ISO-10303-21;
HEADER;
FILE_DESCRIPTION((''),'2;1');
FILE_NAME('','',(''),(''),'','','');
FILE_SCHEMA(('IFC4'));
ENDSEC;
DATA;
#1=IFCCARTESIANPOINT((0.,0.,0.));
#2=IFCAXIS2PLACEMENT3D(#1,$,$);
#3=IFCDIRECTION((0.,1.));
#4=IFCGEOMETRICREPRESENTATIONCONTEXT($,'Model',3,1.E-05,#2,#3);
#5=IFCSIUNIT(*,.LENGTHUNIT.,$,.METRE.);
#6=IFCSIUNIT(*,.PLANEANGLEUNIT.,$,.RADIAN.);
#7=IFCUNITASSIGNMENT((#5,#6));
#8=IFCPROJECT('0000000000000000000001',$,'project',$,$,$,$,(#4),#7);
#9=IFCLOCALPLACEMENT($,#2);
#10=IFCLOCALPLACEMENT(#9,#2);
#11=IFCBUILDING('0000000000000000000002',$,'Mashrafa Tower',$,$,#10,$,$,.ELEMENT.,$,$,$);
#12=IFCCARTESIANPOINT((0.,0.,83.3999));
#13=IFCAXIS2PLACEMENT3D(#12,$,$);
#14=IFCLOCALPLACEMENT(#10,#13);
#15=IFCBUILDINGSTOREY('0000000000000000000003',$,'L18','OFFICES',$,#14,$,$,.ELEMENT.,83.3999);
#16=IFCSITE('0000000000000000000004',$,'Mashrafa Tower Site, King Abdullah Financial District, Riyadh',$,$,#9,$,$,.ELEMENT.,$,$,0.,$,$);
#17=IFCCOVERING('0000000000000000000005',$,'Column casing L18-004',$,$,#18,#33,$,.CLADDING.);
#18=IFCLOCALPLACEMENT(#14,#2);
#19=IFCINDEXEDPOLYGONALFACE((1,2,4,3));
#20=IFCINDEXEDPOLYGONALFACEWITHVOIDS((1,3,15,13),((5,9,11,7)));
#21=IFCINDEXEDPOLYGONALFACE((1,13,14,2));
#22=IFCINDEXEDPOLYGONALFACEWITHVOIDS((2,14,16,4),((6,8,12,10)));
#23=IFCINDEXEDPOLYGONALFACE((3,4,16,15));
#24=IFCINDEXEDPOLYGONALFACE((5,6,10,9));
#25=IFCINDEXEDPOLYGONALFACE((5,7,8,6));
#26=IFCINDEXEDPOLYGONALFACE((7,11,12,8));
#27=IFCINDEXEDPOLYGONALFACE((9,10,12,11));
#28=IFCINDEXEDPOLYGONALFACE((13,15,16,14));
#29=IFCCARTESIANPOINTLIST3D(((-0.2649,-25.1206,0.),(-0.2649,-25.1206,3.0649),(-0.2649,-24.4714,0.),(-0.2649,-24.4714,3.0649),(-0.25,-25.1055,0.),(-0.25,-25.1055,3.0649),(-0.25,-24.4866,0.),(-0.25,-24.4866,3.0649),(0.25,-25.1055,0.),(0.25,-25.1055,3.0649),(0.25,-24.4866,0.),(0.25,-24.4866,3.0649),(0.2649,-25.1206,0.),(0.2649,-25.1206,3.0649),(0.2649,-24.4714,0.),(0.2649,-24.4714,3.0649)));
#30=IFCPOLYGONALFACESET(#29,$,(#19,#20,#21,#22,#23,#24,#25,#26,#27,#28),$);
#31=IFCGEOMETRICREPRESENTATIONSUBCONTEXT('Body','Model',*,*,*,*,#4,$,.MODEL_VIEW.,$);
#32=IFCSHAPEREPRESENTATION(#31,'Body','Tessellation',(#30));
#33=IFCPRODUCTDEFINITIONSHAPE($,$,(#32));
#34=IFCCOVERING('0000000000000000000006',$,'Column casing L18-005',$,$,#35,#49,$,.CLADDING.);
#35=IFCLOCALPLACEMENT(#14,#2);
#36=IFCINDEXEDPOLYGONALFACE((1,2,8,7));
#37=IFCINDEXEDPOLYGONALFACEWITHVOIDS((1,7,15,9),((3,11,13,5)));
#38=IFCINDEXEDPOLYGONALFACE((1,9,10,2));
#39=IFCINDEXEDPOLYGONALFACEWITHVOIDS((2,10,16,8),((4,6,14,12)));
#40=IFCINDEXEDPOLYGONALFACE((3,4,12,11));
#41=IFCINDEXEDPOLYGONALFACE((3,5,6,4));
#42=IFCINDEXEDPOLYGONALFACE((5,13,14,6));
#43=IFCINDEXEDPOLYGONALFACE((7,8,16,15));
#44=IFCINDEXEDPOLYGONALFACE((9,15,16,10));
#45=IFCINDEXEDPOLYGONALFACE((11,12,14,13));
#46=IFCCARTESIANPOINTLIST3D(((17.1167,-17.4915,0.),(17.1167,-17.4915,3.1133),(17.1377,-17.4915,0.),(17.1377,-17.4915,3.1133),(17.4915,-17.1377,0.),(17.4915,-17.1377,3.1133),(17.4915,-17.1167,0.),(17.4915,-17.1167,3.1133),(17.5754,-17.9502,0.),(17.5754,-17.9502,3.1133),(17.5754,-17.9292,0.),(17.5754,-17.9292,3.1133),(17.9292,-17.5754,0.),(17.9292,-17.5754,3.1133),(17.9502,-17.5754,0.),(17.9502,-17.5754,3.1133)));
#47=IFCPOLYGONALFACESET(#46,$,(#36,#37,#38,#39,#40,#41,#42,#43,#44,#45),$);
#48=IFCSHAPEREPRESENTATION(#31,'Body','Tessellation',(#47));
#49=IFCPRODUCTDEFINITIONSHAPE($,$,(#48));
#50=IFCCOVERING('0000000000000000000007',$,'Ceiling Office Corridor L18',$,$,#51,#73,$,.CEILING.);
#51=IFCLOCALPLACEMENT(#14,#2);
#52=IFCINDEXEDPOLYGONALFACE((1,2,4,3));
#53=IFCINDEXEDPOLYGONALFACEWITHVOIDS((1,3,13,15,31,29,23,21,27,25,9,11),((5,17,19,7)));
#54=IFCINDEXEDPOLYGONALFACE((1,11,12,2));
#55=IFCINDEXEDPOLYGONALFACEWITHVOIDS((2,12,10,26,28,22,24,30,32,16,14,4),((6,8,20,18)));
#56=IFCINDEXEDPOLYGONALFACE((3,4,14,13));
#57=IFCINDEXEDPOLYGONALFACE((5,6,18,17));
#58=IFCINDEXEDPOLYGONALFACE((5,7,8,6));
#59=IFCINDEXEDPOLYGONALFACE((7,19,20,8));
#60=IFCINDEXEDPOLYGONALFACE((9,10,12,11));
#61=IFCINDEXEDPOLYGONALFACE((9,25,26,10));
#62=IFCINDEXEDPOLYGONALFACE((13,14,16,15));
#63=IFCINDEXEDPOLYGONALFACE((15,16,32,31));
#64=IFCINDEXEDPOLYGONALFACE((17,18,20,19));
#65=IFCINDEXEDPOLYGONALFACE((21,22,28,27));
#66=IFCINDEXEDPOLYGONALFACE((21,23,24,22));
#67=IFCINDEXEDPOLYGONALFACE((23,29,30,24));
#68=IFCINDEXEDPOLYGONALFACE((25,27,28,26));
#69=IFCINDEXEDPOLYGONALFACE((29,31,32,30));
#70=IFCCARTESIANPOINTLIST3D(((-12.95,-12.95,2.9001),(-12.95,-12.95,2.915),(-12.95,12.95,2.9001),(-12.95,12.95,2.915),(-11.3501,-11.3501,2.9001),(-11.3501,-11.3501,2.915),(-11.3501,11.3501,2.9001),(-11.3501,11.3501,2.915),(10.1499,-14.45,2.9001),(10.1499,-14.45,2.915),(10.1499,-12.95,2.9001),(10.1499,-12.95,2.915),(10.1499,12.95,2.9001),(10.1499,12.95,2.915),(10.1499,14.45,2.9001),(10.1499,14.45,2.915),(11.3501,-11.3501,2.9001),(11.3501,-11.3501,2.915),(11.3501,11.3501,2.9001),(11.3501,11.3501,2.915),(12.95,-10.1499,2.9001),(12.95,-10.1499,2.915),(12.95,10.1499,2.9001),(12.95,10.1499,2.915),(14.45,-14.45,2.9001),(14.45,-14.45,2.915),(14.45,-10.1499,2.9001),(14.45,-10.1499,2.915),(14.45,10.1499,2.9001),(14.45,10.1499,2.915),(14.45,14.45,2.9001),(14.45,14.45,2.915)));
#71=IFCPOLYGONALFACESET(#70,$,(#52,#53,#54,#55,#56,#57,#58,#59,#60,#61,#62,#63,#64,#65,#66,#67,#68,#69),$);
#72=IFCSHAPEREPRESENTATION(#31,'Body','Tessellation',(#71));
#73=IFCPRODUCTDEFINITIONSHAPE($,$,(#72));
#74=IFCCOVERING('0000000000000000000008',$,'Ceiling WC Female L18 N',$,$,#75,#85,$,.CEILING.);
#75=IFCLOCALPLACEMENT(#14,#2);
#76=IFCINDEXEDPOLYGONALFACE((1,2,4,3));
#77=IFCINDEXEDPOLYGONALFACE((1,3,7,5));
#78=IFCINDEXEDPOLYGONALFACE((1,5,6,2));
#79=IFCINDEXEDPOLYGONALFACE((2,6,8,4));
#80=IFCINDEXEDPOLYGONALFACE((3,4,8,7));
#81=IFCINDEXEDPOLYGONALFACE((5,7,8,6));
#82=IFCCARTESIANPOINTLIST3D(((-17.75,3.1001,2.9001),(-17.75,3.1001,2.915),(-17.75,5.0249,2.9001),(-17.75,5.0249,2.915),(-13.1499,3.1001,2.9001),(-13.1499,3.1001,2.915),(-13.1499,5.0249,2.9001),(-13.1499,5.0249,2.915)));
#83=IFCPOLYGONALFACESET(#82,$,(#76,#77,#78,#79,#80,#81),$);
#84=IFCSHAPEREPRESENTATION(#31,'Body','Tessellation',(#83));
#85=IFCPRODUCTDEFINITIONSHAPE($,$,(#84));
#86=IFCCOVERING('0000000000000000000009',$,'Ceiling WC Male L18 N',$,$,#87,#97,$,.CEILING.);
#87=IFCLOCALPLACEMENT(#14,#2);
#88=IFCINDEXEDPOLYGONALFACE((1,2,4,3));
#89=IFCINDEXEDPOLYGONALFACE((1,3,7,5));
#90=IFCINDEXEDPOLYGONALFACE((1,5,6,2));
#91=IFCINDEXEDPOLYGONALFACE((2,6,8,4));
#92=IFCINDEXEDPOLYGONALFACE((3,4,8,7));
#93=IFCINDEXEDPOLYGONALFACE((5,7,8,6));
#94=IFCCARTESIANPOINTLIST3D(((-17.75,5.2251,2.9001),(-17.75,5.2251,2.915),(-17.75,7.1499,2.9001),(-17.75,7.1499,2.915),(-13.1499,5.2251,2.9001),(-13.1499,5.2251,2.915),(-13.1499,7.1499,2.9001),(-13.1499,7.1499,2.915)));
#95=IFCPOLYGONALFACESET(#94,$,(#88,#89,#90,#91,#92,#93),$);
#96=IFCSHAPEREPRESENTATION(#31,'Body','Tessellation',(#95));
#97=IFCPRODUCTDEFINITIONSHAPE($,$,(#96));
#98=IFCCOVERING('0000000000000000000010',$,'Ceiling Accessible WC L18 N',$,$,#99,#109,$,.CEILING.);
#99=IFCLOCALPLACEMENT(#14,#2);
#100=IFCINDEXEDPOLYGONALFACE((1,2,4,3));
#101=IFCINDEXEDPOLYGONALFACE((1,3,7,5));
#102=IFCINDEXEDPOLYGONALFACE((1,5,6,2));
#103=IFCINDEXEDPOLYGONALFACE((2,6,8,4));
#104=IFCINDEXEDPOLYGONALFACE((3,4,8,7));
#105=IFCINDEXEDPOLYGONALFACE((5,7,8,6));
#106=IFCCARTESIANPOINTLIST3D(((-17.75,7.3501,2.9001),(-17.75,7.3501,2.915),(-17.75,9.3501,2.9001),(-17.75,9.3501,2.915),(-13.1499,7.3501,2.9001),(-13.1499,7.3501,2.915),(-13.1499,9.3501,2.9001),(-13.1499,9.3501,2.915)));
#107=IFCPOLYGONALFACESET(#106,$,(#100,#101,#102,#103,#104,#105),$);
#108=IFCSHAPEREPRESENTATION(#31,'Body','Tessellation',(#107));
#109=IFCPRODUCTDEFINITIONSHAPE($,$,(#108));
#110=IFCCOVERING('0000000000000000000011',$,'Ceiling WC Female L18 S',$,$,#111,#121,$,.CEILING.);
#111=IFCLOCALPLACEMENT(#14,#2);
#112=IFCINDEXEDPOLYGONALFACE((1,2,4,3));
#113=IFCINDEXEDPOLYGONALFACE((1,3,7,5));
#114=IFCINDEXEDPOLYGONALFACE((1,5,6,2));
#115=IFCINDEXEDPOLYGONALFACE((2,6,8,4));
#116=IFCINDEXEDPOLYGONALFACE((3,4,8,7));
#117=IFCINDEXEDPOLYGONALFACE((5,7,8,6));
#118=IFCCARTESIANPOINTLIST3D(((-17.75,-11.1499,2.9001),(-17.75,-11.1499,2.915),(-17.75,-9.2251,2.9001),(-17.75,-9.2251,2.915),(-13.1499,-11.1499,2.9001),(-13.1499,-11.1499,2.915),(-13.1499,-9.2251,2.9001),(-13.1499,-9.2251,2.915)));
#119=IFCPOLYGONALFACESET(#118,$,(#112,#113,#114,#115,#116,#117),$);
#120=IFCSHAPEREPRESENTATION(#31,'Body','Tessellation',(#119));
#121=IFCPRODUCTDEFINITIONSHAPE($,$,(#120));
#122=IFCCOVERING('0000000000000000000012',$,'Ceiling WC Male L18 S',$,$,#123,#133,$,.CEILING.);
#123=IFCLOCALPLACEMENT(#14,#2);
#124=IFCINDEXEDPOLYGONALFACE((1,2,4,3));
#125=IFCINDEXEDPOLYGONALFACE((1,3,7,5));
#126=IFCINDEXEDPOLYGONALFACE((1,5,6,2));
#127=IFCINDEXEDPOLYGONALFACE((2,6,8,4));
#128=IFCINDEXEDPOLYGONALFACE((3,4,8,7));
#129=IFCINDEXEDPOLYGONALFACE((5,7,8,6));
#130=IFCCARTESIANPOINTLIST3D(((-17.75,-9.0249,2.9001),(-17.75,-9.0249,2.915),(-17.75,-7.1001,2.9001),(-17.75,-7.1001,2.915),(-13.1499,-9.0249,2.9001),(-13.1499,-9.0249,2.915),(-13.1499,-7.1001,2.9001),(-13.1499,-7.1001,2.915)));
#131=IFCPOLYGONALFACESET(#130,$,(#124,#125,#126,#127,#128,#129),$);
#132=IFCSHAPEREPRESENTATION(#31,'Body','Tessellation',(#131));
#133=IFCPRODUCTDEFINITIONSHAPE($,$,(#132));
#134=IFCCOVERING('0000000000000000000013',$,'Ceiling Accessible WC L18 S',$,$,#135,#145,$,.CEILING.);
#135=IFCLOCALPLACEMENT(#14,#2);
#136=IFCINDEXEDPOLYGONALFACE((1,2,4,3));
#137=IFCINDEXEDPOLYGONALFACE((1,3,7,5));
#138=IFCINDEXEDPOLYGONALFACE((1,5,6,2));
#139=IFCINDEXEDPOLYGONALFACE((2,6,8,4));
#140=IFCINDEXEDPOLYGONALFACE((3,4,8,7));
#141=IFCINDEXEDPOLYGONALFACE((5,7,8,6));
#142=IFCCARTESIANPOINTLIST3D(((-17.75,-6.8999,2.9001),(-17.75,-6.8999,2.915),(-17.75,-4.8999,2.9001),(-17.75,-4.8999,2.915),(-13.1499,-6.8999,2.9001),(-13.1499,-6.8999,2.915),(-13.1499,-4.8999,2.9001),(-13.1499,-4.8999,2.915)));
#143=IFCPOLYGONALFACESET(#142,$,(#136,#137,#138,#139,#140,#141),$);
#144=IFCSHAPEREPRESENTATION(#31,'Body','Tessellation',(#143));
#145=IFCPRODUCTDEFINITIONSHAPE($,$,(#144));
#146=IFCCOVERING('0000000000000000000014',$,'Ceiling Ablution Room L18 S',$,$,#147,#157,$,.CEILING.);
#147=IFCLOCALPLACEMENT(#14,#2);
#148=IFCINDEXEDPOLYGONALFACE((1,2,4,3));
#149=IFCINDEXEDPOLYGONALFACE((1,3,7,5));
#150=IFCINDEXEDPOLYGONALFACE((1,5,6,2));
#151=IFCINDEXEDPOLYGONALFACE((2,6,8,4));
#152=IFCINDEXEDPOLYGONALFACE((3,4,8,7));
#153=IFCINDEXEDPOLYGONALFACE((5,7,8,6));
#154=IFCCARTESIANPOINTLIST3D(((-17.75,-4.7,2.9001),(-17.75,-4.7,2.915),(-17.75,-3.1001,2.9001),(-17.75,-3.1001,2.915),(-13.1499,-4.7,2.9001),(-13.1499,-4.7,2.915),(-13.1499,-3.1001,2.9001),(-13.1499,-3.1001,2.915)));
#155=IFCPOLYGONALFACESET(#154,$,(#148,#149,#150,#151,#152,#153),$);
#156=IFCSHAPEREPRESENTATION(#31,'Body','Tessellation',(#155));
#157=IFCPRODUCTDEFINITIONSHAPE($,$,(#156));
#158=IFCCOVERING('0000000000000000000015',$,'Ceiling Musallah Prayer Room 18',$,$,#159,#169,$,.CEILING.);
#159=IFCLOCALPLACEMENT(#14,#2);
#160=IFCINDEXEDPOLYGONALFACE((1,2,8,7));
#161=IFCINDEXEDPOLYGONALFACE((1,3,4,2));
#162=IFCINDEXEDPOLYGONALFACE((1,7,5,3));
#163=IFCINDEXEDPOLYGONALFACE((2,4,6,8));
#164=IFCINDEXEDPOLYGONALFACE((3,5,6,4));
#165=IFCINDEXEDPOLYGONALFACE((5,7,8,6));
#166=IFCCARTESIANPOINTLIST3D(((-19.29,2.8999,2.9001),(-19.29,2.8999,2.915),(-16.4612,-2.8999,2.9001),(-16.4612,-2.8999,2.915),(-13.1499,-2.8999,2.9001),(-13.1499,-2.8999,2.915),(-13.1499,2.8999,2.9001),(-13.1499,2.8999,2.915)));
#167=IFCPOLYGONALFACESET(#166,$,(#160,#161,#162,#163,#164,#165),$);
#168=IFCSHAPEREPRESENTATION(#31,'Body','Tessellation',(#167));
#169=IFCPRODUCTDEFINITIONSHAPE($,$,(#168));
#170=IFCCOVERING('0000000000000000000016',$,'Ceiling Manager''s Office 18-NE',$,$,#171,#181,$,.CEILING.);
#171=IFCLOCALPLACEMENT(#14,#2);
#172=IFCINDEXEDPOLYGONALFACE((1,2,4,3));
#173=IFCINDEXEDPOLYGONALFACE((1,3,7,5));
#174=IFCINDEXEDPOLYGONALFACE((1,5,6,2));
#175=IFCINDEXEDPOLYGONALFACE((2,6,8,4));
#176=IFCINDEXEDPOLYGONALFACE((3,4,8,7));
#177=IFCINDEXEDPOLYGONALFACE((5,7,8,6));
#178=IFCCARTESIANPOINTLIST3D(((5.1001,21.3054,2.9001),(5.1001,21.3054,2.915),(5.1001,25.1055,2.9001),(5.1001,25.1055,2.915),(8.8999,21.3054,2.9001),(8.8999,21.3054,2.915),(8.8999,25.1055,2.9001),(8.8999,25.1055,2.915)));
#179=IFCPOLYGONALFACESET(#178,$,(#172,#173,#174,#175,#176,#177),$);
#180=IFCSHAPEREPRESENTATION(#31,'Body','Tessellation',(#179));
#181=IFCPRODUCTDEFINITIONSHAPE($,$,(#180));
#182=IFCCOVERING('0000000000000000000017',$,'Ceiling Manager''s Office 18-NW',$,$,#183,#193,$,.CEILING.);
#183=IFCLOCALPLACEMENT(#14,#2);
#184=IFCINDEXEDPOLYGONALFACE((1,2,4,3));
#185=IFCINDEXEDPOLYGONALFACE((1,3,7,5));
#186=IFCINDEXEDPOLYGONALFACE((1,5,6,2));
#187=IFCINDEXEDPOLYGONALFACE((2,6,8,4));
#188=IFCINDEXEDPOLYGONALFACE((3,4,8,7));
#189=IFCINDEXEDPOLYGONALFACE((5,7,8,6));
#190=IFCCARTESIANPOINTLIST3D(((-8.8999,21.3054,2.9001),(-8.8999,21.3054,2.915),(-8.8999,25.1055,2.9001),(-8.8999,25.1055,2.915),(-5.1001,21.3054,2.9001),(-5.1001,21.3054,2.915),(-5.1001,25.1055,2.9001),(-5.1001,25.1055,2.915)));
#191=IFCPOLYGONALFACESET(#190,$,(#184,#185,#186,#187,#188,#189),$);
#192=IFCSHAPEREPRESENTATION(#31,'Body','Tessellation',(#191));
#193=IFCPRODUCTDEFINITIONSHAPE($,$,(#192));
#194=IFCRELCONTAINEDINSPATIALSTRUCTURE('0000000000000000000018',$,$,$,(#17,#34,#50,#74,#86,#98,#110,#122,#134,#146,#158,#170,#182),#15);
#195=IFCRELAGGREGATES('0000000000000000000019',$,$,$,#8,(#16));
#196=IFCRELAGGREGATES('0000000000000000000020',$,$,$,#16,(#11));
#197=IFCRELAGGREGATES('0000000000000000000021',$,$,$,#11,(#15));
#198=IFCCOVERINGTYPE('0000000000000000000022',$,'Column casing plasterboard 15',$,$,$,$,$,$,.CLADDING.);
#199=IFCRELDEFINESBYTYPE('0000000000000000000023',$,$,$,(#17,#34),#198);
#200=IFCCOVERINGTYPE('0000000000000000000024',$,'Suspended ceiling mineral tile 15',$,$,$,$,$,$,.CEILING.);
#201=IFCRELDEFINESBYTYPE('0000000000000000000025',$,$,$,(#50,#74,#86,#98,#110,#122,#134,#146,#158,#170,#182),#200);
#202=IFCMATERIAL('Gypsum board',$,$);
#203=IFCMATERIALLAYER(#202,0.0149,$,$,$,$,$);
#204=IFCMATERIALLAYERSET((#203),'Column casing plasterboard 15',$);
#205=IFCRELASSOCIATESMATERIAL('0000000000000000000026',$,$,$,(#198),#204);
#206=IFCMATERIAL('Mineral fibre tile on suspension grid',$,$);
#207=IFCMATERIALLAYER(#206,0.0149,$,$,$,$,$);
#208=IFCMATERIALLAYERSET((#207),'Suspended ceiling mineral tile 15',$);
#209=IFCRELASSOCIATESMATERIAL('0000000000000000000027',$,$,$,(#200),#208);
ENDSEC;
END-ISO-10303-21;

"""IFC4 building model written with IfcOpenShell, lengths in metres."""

from ifc_helpers import new_model, si_unit, direction, frame, origin, place, context, subcontext, project, spatial, polyline, outline, extrude, material, layer, layer_set, type_object, element, save


model = new_model("IFC4")

# Units and contexts
model_context = context("Model", 3, precision=1e-05, world=origin(), true_north=direction((0.0, 1.0)))
body_context = subcontext(model_context, "Body", "Model", "MODEL_VIEW")
ifc_project = project(units=[si_unit("LENGTHUNIT", "METRE"), si_unit("PLANEANGLEUNIT", "RADIAN")], contexts=[model_context])

# Site, building, storey
site_placement = place(None, origin())
site = spatial("IfcSite", under=ifc_project, at=site_placement, Name="Mashrafa Tower Site, King Abdullah Financial District, Riyadh", CompositionType="ELEMENT", RefElevation=0.0)
building_placement = place(site_placement, origin())
building = spatial("IfcBuilding", under=site, at=building_placement, Name="Mashrafa Tower", CompositionType="ELEMENT")
storey_placement = place(building_placement, frame((0.0, 0.0, 83.3999)))
storey = spatial("IfcBuildingStorey", under=building, at=storey_placement, Name="L18", Description="OFFICES", CompositionType="ELEMENT", Elevation=83.3999)

# Coverings
ifc_material_1 = material(Name="Gypsum board")
ifc_layer_1 = layer(ifc_material_1, 0.0149)
ifc_layer_set_1 = layer_set([ifc_layer_1], Name="Column casing plasterboard 15")
covering_type_1 = type_object("IfcCoveringType", Name="Column casing plasterboard 15", PredefinedType="CLADDING", material=ifc_layer_set_1)
covering_1_placement = place(storey_placement, origin())
element("IfcCovering", 1, at=covering_1_placement, inside=storey, type_object=covering_type_1, Name="Column casing L18-004", PredefinedType="CLADDING", context=body_context, shape_type="SweptSolid", body=[
    extrude(outline(polyline([(-0.2649, -24.4714), (0.2649, -24.4714), (0.2649, -25.1206), (-0.2649, -25.1206), (-0.2649, -24.4714)]), holes=[polyline([(0.25, -25.1055), (0.25, -24.4866), (-0.25, -24.4866), (-0.25, -25.1055), (0.25, -25.1055)])]), origin(), (0.0, 0.0, 1.0), 3.0649),
])
covering_2_placement = place(storey_placement, origin())
element("IfcCovering", 2, at=covering_2_placement, inside=storey, type_object=covering_type_1, Name="Column casing L18-005", PredefinedType="CLADDING", context=body_context, shape_type="SweptSolid", body=[
    extrude(outline(polyline([(17.1167, -17.4915), (17.4915, -17.1167), (17.9502, -17.5754), (17.5754, -17.9502), (17.1167, -17.4915)]), holes=[polyline([(17.9292, -17.5754), (17.4915, -17.1377), (17.1377, -17.4915), (17.5754, -17.9292), (17.9292, -17.5754)])]), origin(), (0.0, 0.0, 1.0), 3.1133),
])
ifc_material_2 = material(Name="Mineral fibre tile on suspension grid")
ifc_layer_2 = layer(ifc_material_2, 0.0149)
ifc_layer_set_2 = layer_set([ifc_layer_2], Name="Suspended ceiling mineral tile 15")
covering_type_2 = type_object("IfcCoveringType", Name="Suspended ceiling mineral tile 15", PredefinedType="CEILING", material=ifc_layer_set_2)
covering_3_placement = place(storey_placement, frame((0.0, 0.0, 2.9001)))
element("IfcCovering", 3, at=covering_3_placement, inside=storey, type_object=covering_type_2, Name="Ceiling Office Corridor L18", PredefinedType="CEILING", context=body_context, shape_type="SweptSolid", body=[
    extrude(outline(polyline([(14.45, -10.1499), (14.45, -14.45), (10.1499, -14.45), (10.1499, -12.95), (-12.95, -12.95), (-12.95, 12.95), (10.1499, 12.95), (10.1499, 14.45), (14.45, 14.45), (14.45, 10.1499), (12.95, 10.1499), (12.95, -10.1499), (14.45, -10.1499)]), holes=[polyline([(11.3501, 11.3501), (-11.3501, 11.3501), (-11.3501, -11.3501), (11.3501, -11.3501), (11.3501, 11.3501)])]), origin(), (0.0, 0.0, 1.0), 0.0149),
])
covering_4_placement = place(storey_placement, frame((0.0, 0.0, 2.9001)))
element("IfcCovering", 4, at=covering_4_placement, inside=storey, type_object=covering_type_2, Name="Ceiling WC Female L18 N", PredefinedType="CEILING", context=body_context, shape_type="SweptSolid", body=[
    extrude(outline(polyline([(-17.75, 3.1001), (-17.75, 5.0249), (-13.1499, 5.0249), (-13.1499, 3.1001), (-17.75, 3.1001)])), origin(), (0.0, 0.0, 1.0), 0.0149),
])
covering_5_placement = place(storey_placement, frame((0.0, 0.0, 2.9001)))
element("IfcCovering", 5, at=covering_5_placement, inside=storey, type_object=covering_type_2, Name="Ceiling WC Male L18 N", PredefinedType="CEILING", context=body_context, shape_type="SweptSolid", body=[
    extrude(outline(polyline([(-17.75, 5.2251), (-17.75, 7.1499), (-13.1499, 7.1499), (-13.1499, 5.2251), (-17.75, 5.2251)])), origin(), (0.0, 0.0, 1.0), 0.0149),
])
covering_6_placement = place(storey_placement, frame((0.0, 0.0, 2.9001)))
element("IfcCovering", 6, at=covering_6_placement, inside=storey, type_object=covering_type_2, Name="Ceiling Accessible WC L18 N", PredefinedType="CEILING", context=body_context, shape_type="SweptSolid", body=[
    extrude(outline(polyline([(-17.75, 7.3501), (-17.75, 9.3501), (-13.1499, 9.3501), (-13.1499, 7.3501), (-17.75, 7.3501)])), origin(), (0.0, 0.0, 1.0), 0.0149),
])
covering_7_placement = place(storey_placement, frame((0.0, 0.0, 2.9001)))
element("IfcCovering", 7, at=covering_7_placement, inside=storey, type_object=covering_type_2, Name="Ceiling WC Female L18 S", PredefinedType="CEILING", context=body_context, shape_type="SweptSolid", body=[
    extrude(outline(polyline([(-17.75, -11.1499), (-17.75, -9.2251), (-13.1499, -9.2251), (-13.1499, -11.1499), (-17.75, -11.1499)])), origin(), (0.0, 0.0, 1.0), 0.0149),
])
covering_8_placement = place(storey_placement, frame((0.0, 0.0, 2.9001)))
element("IfcCovering", 8, at=covering_8_placement, inside=storey, type_object=covering_type_2, Name="Ceiling WC Male L18 S", PredefinedType="CEILING", context=body_context, shape_type="SweptSolid", body=[
    extrude(outline(polyline([(-17.75, -9.0249), (-17.75, -7.1001), (-13.1499, -7.1001), (-13.1499, -9.0249), (-17.75, -9.0249)])), origin(), (0.0, 0.0, 1.0), 0.0149),
])
covering_9_placement = place(storey_placement, frame((0.0, 0.0, 2.9001)))
element("IfcCovering", 9, at=covering_9_placement, inside=storey, type_object=covering_type_2, Name="Ceiling Accessible WC L18 S", PredefinedType="CEILING", context=body_context, shape_type="SweptSolid", body=[
    extrude(outline(polyline([(-17.75, -6.8999), (-17.75, -4.8999), (-13.1499, -4.8999), (-13.1499, -6.8999), (-17.75, -6.8999)])), origin(), (0.0, 0.0, 1.0), 0.0149),
])
covering_10_placement = place(storey_placement, frame((0.0, 0.0, 2.9001)))
element("IfcCovering", 10, at=covering_10_placement, inside=storey, type_object=covering_type_2, Name="Ceiling Ablution Room L18 S", PredefinedType="CEILING", context=body_context, shape_type="SweptSolid", body=[
    extrude(outline(polyline([(-17.75, -4.7), (-17.75, -3.1001), (-13.1499, -3.1001), (-13.1499, -4.7), (-17.75, -4.7)])), origin(), (0.0, 0.0, 1.0), 0.0149),
])
covering_11_placement = place(storey_placement, frame((0.0, 0.0, 2.9001)))
element("IfcCovering", 11, at=covering_11_placement, inside=storey, type_object=covering_type_2, Name="Ceiling Musallah Prayer Room 18", PredefinedType="CEILING", context=body_context, shape_type="SweptSolid", body=[
    extrude(outline(polyline([(-16.4612, -2.8999), (-19.29, 2.8999), (-13.1499, 2.8999), (-13.1499, -2.8999), (-16.4612, -2.8999)])), origin(), (0.0, 0.0, 1.0), 0.0149),
])
covering_12_placement = place(storey_placement, frame((0.0, 0.0, 2.9001)))
element("IfcCovering", 12, at=covering_12_placement, inside=storey, type_object=covering_type_2, Name="Ceiling Manager's Office 18-NE", PredefinedType="CEILING", context=body_context, shape_type="SweptSolid", body=[
    extrude(outline(polyline([(5.1001, 25.1055), (8.8999, 25.1055), (8.8999, 21.3054), (5.1001, 21.3054), (5.1001, 25.1055)])), origin(), (0.0, 0.0, 1.0), 0.0149),
])
covering_13_placement = place(storey_placement, frame((0.0, 0.0, 2.9001)))
element("IfcCovering", 13, at=covering_13_placement, inside=storey, type_object=covering_type_2, Name="Ceiling Manager's Office 18-NW", PredefinedType="CEILING", context=body_context, shape_type="SweptSolid", body=[
    extrude(outline(polyline([(-8.8999, 25.1055), (-5.1001, 25.1055), (-5.1001, 21.3054), (-8.8999, 21.3054), (-8.8999, 25.1055)])), origin(), (0.0, 0.0, 1.0), 0.0149),
])

save(model, "model.ifc")
